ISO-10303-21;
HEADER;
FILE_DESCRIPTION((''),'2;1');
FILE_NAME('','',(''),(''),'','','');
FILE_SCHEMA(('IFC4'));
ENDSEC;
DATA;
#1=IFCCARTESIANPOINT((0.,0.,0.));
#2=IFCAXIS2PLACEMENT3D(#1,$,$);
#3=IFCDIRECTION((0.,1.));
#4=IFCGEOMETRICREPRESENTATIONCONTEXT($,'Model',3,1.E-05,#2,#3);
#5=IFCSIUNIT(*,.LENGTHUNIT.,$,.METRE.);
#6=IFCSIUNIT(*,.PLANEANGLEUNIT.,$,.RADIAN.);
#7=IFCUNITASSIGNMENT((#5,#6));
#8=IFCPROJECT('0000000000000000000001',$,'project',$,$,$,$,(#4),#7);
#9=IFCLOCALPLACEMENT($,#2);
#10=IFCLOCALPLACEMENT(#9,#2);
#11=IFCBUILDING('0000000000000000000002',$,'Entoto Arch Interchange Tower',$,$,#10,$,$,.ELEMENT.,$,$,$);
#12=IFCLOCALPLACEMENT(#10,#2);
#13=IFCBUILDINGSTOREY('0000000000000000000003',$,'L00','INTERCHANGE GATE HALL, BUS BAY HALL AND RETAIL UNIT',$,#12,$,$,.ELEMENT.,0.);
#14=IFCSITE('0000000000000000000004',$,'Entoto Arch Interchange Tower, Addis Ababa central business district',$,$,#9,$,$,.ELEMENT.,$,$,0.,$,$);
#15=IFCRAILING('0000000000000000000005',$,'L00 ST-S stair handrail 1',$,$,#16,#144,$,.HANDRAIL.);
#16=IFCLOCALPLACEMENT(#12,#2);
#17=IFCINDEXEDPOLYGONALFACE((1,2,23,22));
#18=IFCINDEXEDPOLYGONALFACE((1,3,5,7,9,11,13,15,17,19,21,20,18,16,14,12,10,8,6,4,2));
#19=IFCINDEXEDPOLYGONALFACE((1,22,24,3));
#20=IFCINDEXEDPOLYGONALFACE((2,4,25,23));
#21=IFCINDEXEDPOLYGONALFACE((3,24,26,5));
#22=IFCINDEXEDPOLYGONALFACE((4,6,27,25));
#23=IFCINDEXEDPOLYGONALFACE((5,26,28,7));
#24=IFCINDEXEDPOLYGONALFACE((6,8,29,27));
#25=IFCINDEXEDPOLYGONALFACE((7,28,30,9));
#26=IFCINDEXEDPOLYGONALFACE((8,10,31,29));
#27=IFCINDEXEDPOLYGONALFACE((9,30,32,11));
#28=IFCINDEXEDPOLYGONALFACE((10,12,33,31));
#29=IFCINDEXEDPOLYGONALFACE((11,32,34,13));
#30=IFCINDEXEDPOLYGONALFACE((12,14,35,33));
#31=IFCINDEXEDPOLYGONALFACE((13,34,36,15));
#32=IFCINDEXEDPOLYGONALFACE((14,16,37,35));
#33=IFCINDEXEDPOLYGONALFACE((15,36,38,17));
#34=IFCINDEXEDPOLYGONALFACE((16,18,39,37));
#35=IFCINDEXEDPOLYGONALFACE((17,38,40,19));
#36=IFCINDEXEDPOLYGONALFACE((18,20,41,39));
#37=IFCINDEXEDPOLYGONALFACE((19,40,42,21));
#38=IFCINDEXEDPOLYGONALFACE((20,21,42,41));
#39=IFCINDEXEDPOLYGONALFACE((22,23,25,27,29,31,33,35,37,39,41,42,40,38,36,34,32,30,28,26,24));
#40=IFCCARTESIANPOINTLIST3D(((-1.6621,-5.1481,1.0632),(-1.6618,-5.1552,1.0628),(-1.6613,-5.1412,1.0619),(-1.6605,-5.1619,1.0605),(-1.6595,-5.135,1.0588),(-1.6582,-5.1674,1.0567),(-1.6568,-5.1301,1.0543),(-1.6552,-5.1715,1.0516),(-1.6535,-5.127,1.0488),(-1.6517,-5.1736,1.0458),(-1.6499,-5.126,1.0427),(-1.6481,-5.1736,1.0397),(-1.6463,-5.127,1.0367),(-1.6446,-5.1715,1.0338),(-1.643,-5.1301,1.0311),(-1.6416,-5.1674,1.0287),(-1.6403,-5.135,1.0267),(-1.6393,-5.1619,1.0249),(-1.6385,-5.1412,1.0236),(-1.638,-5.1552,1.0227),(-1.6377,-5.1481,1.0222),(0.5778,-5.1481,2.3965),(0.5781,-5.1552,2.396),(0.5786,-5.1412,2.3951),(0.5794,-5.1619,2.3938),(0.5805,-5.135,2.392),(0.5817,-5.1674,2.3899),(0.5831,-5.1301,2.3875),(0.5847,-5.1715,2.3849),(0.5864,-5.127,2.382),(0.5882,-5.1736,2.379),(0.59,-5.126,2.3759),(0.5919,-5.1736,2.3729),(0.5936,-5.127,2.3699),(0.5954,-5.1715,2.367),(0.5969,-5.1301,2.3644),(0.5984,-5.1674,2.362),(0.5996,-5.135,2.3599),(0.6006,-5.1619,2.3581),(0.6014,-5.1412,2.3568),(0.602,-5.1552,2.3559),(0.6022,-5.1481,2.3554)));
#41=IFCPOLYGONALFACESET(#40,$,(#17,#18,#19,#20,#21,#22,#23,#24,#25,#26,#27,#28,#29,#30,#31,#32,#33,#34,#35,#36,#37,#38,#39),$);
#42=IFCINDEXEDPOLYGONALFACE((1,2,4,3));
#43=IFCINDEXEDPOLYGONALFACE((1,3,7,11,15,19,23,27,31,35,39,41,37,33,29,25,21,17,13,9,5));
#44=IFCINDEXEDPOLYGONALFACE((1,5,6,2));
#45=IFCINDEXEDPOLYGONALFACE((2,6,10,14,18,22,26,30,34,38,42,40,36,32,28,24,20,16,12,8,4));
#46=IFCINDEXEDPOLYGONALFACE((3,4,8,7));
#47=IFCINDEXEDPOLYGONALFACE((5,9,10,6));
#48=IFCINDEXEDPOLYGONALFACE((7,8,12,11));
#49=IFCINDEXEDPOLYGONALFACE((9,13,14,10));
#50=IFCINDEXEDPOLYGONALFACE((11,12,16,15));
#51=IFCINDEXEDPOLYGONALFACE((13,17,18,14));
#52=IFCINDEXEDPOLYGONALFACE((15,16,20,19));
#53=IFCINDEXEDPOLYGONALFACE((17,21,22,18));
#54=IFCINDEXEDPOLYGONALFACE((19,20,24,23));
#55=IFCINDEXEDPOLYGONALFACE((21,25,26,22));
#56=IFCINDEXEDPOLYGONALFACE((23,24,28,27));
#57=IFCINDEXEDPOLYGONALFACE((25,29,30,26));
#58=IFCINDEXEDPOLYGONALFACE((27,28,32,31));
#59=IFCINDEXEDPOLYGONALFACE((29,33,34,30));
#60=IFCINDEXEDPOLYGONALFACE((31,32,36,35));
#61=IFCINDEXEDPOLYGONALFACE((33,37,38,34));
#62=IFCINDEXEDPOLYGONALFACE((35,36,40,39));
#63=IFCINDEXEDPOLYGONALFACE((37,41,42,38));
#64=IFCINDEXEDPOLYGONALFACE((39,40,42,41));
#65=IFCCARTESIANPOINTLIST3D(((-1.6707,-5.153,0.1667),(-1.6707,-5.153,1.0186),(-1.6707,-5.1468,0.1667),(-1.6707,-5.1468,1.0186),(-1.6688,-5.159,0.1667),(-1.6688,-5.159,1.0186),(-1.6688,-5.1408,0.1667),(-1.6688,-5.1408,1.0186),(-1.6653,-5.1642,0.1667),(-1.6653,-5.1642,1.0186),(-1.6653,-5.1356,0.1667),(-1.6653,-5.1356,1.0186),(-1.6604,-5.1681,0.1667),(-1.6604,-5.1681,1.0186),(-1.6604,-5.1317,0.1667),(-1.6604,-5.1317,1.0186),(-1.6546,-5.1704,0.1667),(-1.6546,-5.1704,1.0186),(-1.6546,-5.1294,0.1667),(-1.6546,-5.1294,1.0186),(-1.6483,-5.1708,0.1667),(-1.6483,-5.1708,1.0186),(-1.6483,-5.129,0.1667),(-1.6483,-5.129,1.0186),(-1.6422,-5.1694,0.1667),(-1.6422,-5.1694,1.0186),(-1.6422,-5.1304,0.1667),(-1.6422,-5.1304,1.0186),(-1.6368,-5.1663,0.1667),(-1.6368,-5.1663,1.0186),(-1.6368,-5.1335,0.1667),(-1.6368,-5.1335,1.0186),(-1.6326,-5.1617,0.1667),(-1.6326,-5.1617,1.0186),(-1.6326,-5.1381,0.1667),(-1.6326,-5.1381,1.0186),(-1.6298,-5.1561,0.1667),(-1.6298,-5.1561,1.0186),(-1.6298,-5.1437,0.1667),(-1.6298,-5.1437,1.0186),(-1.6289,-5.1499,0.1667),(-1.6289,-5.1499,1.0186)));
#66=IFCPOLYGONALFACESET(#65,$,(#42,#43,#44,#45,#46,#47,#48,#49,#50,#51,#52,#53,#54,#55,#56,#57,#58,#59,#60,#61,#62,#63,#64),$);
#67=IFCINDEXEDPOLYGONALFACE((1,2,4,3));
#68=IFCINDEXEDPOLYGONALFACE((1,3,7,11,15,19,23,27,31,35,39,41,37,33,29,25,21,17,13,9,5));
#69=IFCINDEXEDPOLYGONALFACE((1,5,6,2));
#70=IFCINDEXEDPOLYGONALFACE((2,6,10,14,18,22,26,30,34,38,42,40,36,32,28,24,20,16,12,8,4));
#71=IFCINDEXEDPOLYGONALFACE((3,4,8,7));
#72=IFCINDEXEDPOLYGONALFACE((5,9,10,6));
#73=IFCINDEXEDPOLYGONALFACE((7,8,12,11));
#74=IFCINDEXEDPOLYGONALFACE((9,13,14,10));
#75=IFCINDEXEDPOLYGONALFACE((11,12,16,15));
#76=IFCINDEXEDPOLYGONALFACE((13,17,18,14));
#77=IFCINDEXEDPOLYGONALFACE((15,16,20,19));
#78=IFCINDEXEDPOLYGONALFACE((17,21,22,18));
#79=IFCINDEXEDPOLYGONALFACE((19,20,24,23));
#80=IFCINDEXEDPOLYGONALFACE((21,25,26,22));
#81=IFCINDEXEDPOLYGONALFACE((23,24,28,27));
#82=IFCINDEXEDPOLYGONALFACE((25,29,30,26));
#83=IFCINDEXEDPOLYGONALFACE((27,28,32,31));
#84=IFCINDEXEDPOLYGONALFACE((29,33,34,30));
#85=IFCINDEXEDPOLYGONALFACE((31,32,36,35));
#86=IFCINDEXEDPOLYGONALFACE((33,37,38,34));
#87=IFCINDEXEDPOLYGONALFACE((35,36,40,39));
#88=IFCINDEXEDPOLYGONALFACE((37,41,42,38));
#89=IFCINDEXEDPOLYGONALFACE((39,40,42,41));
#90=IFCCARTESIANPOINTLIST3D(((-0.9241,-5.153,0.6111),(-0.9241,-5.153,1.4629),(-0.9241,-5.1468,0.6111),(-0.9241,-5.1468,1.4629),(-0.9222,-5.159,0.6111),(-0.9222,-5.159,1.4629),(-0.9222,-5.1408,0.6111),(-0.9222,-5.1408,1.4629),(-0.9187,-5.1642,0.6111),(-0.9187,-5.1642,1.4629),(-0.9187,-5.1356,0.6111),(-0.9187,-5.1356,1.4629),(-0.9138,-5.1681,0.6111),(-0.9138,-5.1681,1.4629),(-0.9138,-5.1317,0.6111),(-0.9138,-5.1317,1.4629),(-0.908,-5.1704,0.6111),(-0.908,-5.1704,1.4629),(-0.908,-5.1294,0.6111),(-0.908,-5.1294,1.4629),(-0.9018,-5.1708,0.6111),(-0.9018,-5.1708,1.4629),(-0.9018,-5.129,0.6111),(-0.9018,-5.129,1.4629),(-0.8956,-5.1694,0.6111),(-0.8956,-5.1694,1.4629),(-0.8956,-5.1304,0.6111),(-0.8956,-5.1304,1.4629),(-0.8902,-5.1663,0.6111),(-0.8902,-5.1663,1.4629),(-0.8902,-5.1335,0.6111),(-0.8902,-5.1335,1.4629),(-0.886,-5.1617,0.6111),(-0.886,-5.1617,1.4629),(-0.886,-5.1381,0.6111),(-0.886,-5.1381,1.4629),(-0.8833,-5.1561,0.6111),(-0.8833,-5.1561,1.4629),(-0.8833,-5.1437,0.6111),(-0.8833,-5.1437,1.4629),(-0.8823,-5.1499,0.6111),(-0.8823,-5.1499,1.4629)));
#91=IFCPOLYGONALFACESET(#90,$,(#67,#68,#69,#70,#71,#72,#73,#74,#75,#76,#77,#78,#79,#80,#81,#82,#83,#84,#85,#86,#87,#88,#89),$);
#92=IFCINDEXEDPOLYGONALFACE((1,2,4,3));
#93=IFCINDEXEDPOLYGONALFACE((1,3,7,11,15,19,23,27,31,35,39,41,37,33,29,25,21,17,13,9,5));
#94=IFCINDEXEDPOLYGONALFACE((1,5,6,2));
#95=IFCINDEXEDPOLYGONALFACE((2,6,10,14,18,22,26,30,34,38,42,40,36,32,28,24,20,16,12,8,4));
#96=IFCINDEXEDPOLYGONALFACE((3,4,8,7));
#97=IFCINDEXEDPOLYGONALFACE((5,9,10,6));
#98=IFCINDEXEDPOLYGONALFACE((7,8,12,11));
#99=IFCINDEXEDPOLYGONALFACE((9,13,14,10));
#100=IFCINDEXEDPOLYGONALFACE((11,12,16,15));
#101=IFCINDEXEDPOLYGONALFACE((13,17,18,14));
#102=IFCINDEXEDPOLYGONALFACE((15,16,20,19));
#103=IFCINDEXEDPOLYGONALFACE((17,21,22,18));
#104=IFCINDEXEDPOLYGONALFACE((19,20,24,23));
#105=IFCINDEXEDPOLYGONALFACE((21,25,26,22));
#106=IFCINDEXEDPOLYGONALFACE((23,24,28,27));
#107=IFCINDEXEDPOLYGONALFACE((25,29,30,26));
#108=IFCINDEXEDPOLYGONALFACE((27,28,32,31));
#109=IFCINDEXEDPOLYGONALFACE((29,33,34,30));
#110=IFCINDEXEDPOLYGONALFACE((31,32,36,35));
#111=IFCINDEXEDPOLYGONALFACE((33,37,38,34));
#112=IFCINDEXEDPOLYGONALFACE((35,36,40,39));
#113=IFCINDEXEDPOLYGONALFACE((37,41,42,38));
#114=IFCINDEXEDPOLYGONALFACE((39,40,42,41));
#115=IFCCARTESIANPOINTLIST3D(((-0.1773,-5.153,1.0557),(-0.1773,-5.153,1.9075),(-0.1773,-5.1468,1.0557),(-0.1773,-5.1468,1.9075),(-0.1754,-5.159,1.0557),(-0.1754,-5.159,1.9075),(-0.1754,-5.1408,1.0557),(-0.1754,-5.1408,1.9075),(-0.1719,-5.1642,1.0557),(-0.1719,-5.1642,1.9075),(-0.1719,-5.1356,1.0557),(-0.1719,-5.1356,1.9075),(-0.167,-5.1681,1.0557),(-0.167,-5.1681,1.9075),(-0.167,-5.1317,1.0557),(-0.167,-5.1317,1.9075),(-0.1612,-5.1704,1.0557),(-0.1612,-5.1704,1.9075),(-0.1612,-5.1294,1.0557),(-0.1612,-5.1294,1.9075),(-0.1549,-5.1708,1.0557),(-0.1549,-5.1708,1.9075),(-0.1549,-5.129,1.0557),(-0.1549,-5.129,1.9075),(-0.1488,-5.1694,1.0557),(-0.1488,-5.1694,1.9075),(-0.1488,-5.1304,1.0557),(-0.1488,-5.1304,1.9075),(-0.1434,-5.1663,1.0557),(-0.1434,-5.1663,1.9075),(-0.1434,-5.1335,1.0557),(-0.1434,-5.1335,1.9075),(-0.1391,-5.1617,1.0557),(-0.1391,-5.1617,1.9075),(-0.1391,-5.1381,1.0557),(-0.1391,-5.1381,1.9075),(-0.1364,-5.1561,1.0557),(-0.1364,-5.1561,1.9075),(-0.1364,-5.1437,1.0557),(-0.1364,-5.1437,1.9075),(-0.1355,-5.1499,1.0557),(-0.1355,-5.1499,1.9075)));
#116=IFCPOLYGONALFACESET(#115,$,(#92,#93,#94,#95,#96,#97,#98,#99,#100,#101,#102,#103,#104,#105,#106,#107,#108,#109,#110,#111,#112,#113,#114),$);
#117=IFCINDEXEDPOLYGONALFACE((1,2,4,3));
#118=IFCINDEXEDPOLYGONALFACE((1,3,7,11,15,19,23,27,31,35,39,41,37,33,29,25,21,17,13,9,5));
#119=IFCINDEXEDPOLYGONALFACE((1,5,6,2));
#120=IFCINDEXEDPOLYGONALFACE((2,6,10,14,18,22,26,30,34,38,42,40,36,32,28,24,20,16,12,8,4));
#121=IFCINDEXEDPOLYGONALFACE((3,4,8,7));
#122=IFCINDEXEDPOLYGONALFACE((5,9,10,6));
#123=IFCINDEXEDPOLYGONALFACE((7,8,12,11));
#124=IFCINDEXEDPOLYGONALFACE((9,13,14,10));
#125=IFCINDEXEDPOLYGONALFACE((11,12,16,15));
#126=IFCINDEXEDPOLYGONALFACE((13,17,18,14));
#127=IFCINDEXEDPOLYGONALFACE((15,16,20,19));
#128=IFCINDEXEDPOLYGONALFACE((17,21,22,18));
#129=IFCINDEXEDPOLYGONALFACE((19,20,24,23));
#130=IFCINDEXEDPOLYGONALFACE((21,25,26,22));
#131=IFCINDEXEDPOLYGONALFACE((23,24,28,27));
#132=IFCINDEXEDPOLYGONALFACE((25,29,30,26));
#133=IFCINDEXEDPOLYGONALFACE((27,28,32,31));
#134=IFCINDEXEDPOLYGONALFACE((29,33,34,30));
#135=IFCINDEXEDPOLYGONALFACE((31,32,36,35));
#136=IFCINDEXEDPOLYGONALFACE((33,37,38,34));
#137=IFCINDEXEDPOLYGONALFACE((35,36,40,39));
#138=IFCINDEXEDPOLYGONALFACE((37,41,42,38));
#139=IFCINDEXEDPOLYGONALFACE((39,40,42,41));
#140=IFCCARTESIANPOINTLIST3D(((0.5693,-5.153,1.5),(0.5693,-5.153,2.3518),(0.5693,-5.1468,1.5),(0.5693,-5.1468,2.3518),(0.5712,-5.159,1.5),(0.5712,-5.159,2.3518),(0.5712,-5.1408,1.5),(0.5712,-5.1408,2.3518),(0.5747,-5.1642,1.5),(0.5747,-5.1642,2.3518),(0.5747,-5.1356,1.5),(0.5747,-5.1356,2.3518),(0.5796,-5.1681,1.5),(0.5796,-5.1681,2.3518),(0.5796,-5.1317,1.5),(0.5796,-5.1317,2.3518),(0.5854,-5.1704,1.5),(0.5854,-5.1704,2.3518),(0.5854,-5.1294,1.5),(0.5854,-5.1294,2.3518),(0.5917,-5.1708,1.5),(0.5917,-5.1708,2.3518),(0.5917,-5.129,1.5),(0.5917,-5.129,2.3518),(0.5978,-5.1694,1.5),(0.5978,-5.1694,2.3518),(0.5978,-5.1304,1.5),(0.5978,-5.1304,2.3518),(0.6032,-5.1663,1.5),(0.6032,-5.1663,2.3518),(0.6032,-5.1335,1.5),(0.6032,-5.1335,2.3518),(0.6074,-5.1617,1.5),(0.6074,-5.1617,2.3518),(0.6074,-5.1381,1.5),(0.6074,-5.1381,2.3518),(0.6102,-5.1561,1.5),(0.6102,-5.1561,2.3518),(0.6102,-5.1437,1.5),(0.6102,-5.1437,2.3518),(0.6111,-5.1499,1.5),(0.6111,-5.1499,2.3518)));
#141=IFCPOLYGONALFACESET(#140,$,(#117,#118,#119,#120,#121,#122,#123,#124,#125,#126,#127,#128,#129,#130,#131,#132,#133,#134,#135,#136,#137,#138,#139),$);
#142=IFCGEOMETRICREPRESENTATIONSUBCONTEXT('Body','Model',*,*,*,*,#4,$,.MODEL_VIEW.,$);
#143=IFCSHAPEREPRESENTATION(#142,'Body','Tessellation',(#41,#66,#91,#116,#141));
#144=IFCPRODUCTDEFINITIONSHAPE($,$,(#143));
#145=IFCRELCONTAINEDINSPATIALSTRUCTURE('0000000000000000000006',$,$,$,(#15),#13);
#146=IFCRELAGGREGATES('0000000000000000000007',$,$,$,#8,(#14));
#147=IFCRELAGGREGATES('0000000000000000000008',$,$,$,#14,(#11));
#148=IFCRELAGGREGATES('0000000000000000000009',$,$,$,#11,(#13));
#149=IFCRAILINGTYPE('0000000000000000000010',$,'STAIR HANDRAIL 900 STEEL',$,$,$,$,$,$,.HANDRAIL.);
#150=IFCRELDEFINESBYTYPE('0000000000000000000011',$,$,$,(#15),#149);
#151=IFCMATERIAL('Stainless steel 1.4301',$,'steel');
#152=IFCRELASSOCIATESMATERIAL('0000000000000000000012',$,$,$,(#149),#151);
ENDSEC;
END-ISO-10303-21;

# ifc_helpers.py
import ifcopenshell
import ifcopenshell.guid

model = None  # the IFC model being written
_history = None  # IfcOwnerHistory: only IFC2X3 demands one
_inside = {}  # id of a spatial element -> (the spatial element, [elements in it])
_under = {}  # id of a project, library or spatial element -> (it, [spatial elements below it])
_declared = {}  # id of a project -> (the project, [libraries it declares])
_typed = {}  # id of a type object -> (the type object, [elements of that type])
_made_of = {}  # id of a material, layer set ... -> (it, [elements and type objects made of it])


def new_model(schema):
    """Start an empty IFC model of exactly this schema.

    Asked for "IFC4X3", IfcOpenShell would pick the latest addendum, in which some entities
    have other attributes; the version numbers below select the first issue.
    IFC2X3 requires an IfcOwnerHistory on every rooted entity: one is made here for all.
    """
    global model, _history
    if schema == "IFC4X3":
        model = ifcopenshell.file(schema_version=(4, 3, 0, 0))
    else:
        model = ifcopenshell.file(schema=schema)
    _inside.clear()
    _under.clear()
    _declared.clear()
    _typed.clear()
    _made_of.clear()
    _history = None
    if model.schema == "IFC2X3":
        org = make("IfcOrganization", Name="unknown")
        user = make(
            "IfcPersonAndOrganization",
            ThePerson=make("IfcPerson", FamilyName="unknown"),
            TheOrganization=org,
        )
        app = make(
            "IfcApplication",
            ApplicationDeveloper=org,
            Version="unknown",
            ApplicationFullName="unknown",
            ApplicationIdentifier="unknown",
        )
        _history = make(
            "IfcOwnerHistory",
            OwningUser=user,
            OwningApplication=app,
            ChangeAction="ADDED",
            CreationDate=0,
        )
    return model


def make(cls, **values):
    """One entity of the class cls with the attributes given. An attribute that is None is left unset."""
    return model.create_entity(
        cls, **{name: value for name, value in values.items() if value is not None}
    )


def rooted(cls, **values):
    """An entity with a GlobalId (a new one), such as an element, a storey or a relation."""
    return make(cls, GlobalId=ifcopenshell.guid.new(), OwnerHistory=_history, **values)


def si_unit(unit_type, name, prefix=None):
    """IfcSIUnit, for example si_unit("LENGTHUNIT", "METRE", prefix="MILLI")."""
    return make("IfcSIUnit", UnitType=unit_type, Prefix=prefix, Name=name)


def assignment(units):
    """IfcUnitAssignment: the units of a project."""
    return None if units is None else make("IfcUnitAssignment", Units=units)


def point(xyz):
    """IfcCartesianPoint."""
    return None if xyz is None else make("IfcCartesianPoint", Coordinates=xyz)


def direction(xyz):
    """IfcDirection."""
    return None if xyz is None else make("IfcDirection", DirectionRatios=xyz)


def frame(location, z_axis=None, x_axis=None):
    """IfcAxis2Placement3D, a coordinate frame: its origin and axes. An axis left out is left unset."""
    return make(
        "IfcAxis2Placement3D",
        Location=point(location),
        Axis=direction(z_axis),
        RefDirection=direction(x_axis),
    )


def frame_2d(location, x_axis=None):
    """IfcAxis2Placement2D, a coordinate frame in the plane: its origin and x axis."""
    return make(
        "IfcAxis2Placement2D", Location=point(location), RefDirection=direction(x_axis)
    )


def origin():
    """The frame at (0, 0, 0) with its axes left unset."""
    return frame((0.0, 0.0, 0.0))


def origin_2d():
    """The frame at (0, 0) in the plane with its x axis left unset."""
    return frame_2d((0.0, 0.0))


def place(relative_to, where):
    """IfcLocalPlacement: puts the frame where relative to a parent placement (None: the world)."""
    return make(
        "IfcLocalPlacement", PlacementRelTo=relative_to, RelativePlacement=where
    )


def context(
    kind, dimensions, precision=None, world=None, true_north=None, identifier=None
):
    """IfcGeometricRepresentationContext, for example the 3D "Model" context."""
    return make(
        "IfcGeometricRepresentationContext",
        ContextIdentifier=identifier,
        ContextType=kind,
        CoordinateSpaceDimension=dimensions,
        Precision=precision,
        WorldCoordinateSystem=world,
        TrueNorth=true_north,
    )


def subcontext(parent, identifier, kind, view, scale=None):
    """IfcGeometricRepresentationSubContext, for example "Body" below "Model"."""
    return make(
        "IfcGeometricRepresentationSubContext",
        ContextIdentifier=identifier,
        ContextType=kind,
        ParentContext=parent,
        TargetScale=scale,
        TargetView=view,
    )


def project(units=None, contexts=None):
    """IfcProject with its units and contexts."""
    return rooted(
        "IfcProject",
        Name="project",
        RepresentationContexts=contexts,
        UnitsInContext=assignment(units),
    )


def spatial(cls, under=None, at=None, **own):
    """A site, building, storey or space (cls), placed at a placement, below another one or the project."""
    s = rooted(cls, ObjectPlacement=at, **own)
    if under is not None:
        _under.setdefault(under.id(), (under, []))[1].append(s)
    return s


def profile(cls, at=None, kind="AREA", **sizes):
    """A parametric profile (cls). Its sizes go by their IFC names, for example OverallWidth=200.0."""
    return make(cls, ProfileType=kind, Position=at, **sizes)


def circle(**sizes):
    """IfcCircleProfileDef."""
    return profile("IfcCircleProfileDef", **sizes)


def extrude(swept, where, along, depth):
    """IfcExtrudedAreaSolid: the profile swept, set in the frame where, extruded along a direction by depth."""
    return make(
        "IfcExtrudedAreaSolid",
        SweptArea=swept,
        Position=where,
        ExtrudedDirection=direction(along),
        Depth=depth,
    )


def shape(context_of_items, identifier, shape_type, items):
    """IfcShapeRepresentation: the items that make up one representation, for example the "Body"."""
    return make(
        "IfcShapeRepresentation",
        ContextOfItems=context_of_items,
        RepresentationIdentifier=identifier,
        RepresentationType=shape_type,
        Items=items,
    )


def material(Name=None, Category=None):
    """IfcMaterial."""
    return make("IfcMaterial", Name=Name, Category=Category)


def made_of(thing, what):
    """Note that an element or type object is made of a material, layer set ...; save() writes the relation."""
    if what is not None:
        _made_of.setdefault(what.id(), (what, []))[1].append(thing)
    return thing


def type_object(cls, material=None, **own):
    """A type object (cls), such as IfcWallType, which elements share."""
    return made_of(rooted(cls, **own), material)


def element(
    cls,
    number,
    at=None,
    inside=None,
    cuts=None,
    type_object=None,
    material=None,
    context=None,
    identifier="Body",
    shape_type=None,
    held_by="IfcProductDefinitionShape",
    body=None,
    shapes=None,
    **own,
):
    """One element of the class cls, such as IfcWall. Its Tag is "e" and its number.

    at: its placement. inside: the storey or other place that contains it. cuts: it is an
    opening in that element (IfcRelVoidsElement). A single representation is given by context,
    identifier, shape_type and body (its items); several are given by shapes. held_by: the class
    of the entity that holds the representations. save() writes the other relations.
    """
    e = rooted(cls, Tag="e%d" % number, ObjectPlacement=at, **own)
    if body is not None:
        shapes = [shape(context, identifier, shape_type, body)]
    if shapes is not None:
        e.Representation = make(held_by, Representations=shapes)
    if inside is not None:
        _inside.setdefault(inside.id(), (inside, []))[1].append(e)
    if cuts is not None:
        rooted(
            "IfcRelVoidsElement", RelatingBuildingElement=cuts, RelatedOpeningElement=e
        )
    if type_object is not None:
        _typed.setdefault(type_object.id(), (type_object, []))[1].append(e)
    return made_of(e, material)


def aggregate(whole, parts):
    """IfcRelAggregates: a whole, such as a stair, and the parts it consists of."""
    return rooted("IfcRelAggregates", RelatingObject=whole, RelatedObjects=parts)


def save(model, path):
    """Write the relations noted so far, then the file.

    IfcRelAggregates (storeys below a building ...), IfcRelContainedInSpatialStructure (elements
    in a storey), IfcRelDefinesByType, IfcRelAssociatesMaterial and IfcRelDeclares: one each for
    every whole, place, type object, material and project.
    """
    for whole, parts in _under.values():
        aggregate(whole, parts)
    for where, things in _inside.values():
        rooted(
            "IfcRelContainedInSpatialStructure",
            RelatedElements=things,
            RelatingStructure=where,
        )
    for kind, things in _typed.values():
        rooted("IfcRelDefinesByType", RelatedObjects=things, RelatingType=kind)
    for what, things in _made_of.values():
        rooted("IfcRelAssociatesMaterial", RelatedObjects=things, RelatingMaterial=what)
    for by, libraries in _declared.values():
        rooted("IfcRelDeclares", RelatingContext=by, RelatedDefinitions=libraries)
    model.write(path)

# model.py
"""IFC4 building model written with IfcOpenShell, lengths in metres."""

from ifc_helpers import new_model, si_unit, direction, frame, origin, origin_2d, place, context, subcontext, project, spatial, circle, extrude, material, type_object, element, save


model = new_model("IFC4")

# Units and contexts
model_context = context("Model", 3, precision=1e-05, world=origin(), true_north=direction((0.0, 1.0)))
body_context = subcontext(model_context, "Body", "Model", "MODEL_VIEW")
ifc_project = project(units=[si_unit("LENGTHUNIT", "METRE"), si_unit("PLANEANGLEUNIT", "RADIAN")], contexts=[model_context])

# Site, building, storey
site_placement = place(None, origin())
site = spatial("IfcSite", under=ifc_project, at=site_placement, Name="Entoto Arch Interchange Tower, Addis Ababa central business district", CompositionType="ELEMENT", RefElevation=0.0)
building_placement = place(site_placement, origin())
building = spatial("IfcBuilding", under=site, at=building_placement, Name="Entoto Arch Interchange Tower", CompositionType="ELEMENT")
storey_placement = place(building_placement, origin())
storey = spatial("IfcBuildingStorey", under=building, at=storey_placement, Name="L00", Description="INTERCHANGE GATE HALL, BUS BAY HALL AND RETAIL UNIT", CompositionType="ELEMENT", Elevation=0.0)

# Railing
ifc_material_1 = material(Name="Stainless steel 1.4301", Category="steel")
railing_type_1 = type_object("IfcRailingType", Name="STAIR HANDRAIL 900 STEEL", PredefinedType="HANDRAIL", material=ifc_material_1)
railing_1_placement = place(storey_placement, frame((-1.6499, -5.1499, 0.1667)))
element("IfcRailing", 1, at=railing_1_placement, inside=storey, type_object=railing_type_1, Name="L00 ST-S stair handrail 1", PredefinedType="HANDRAIL", context=body_context, shape_type="SweptSolid", body=[
    extrude(circle(Radius=0.0239, at=origin_2d()), frame((0.0, 0.0, 0.876), z_axis=(0.859306, 0.0, 0.511462), x_axis=(0.0, 1.0, 0.0)), (0.0, 0.0, 1.0), 2.6067),
    extrude(circle(Radius=0.021, at=origin_2d()), origin(), (0.0, 0.0, 1.0), 0.8518),
    extrude(circle(Radius=0.021, at=origin_2d()), frame((0.7466, 0.0, 0.4443)), (0.0, 0.0, 1.0), 0.8518),
    extrude(circle(Radius=0.021, at=origin_2d()), frame((1.4934, 0.0, 0.8889)), (0.0, 0.0, 1.0), 0.8518),
    extrude(circle(Radius=0.021, at=origin_2d()), frame((2.24, 0.0, 1.3333)), (0.0, 0.0, 1.0), 0.8518),
])

save(model, "model.ifc")
